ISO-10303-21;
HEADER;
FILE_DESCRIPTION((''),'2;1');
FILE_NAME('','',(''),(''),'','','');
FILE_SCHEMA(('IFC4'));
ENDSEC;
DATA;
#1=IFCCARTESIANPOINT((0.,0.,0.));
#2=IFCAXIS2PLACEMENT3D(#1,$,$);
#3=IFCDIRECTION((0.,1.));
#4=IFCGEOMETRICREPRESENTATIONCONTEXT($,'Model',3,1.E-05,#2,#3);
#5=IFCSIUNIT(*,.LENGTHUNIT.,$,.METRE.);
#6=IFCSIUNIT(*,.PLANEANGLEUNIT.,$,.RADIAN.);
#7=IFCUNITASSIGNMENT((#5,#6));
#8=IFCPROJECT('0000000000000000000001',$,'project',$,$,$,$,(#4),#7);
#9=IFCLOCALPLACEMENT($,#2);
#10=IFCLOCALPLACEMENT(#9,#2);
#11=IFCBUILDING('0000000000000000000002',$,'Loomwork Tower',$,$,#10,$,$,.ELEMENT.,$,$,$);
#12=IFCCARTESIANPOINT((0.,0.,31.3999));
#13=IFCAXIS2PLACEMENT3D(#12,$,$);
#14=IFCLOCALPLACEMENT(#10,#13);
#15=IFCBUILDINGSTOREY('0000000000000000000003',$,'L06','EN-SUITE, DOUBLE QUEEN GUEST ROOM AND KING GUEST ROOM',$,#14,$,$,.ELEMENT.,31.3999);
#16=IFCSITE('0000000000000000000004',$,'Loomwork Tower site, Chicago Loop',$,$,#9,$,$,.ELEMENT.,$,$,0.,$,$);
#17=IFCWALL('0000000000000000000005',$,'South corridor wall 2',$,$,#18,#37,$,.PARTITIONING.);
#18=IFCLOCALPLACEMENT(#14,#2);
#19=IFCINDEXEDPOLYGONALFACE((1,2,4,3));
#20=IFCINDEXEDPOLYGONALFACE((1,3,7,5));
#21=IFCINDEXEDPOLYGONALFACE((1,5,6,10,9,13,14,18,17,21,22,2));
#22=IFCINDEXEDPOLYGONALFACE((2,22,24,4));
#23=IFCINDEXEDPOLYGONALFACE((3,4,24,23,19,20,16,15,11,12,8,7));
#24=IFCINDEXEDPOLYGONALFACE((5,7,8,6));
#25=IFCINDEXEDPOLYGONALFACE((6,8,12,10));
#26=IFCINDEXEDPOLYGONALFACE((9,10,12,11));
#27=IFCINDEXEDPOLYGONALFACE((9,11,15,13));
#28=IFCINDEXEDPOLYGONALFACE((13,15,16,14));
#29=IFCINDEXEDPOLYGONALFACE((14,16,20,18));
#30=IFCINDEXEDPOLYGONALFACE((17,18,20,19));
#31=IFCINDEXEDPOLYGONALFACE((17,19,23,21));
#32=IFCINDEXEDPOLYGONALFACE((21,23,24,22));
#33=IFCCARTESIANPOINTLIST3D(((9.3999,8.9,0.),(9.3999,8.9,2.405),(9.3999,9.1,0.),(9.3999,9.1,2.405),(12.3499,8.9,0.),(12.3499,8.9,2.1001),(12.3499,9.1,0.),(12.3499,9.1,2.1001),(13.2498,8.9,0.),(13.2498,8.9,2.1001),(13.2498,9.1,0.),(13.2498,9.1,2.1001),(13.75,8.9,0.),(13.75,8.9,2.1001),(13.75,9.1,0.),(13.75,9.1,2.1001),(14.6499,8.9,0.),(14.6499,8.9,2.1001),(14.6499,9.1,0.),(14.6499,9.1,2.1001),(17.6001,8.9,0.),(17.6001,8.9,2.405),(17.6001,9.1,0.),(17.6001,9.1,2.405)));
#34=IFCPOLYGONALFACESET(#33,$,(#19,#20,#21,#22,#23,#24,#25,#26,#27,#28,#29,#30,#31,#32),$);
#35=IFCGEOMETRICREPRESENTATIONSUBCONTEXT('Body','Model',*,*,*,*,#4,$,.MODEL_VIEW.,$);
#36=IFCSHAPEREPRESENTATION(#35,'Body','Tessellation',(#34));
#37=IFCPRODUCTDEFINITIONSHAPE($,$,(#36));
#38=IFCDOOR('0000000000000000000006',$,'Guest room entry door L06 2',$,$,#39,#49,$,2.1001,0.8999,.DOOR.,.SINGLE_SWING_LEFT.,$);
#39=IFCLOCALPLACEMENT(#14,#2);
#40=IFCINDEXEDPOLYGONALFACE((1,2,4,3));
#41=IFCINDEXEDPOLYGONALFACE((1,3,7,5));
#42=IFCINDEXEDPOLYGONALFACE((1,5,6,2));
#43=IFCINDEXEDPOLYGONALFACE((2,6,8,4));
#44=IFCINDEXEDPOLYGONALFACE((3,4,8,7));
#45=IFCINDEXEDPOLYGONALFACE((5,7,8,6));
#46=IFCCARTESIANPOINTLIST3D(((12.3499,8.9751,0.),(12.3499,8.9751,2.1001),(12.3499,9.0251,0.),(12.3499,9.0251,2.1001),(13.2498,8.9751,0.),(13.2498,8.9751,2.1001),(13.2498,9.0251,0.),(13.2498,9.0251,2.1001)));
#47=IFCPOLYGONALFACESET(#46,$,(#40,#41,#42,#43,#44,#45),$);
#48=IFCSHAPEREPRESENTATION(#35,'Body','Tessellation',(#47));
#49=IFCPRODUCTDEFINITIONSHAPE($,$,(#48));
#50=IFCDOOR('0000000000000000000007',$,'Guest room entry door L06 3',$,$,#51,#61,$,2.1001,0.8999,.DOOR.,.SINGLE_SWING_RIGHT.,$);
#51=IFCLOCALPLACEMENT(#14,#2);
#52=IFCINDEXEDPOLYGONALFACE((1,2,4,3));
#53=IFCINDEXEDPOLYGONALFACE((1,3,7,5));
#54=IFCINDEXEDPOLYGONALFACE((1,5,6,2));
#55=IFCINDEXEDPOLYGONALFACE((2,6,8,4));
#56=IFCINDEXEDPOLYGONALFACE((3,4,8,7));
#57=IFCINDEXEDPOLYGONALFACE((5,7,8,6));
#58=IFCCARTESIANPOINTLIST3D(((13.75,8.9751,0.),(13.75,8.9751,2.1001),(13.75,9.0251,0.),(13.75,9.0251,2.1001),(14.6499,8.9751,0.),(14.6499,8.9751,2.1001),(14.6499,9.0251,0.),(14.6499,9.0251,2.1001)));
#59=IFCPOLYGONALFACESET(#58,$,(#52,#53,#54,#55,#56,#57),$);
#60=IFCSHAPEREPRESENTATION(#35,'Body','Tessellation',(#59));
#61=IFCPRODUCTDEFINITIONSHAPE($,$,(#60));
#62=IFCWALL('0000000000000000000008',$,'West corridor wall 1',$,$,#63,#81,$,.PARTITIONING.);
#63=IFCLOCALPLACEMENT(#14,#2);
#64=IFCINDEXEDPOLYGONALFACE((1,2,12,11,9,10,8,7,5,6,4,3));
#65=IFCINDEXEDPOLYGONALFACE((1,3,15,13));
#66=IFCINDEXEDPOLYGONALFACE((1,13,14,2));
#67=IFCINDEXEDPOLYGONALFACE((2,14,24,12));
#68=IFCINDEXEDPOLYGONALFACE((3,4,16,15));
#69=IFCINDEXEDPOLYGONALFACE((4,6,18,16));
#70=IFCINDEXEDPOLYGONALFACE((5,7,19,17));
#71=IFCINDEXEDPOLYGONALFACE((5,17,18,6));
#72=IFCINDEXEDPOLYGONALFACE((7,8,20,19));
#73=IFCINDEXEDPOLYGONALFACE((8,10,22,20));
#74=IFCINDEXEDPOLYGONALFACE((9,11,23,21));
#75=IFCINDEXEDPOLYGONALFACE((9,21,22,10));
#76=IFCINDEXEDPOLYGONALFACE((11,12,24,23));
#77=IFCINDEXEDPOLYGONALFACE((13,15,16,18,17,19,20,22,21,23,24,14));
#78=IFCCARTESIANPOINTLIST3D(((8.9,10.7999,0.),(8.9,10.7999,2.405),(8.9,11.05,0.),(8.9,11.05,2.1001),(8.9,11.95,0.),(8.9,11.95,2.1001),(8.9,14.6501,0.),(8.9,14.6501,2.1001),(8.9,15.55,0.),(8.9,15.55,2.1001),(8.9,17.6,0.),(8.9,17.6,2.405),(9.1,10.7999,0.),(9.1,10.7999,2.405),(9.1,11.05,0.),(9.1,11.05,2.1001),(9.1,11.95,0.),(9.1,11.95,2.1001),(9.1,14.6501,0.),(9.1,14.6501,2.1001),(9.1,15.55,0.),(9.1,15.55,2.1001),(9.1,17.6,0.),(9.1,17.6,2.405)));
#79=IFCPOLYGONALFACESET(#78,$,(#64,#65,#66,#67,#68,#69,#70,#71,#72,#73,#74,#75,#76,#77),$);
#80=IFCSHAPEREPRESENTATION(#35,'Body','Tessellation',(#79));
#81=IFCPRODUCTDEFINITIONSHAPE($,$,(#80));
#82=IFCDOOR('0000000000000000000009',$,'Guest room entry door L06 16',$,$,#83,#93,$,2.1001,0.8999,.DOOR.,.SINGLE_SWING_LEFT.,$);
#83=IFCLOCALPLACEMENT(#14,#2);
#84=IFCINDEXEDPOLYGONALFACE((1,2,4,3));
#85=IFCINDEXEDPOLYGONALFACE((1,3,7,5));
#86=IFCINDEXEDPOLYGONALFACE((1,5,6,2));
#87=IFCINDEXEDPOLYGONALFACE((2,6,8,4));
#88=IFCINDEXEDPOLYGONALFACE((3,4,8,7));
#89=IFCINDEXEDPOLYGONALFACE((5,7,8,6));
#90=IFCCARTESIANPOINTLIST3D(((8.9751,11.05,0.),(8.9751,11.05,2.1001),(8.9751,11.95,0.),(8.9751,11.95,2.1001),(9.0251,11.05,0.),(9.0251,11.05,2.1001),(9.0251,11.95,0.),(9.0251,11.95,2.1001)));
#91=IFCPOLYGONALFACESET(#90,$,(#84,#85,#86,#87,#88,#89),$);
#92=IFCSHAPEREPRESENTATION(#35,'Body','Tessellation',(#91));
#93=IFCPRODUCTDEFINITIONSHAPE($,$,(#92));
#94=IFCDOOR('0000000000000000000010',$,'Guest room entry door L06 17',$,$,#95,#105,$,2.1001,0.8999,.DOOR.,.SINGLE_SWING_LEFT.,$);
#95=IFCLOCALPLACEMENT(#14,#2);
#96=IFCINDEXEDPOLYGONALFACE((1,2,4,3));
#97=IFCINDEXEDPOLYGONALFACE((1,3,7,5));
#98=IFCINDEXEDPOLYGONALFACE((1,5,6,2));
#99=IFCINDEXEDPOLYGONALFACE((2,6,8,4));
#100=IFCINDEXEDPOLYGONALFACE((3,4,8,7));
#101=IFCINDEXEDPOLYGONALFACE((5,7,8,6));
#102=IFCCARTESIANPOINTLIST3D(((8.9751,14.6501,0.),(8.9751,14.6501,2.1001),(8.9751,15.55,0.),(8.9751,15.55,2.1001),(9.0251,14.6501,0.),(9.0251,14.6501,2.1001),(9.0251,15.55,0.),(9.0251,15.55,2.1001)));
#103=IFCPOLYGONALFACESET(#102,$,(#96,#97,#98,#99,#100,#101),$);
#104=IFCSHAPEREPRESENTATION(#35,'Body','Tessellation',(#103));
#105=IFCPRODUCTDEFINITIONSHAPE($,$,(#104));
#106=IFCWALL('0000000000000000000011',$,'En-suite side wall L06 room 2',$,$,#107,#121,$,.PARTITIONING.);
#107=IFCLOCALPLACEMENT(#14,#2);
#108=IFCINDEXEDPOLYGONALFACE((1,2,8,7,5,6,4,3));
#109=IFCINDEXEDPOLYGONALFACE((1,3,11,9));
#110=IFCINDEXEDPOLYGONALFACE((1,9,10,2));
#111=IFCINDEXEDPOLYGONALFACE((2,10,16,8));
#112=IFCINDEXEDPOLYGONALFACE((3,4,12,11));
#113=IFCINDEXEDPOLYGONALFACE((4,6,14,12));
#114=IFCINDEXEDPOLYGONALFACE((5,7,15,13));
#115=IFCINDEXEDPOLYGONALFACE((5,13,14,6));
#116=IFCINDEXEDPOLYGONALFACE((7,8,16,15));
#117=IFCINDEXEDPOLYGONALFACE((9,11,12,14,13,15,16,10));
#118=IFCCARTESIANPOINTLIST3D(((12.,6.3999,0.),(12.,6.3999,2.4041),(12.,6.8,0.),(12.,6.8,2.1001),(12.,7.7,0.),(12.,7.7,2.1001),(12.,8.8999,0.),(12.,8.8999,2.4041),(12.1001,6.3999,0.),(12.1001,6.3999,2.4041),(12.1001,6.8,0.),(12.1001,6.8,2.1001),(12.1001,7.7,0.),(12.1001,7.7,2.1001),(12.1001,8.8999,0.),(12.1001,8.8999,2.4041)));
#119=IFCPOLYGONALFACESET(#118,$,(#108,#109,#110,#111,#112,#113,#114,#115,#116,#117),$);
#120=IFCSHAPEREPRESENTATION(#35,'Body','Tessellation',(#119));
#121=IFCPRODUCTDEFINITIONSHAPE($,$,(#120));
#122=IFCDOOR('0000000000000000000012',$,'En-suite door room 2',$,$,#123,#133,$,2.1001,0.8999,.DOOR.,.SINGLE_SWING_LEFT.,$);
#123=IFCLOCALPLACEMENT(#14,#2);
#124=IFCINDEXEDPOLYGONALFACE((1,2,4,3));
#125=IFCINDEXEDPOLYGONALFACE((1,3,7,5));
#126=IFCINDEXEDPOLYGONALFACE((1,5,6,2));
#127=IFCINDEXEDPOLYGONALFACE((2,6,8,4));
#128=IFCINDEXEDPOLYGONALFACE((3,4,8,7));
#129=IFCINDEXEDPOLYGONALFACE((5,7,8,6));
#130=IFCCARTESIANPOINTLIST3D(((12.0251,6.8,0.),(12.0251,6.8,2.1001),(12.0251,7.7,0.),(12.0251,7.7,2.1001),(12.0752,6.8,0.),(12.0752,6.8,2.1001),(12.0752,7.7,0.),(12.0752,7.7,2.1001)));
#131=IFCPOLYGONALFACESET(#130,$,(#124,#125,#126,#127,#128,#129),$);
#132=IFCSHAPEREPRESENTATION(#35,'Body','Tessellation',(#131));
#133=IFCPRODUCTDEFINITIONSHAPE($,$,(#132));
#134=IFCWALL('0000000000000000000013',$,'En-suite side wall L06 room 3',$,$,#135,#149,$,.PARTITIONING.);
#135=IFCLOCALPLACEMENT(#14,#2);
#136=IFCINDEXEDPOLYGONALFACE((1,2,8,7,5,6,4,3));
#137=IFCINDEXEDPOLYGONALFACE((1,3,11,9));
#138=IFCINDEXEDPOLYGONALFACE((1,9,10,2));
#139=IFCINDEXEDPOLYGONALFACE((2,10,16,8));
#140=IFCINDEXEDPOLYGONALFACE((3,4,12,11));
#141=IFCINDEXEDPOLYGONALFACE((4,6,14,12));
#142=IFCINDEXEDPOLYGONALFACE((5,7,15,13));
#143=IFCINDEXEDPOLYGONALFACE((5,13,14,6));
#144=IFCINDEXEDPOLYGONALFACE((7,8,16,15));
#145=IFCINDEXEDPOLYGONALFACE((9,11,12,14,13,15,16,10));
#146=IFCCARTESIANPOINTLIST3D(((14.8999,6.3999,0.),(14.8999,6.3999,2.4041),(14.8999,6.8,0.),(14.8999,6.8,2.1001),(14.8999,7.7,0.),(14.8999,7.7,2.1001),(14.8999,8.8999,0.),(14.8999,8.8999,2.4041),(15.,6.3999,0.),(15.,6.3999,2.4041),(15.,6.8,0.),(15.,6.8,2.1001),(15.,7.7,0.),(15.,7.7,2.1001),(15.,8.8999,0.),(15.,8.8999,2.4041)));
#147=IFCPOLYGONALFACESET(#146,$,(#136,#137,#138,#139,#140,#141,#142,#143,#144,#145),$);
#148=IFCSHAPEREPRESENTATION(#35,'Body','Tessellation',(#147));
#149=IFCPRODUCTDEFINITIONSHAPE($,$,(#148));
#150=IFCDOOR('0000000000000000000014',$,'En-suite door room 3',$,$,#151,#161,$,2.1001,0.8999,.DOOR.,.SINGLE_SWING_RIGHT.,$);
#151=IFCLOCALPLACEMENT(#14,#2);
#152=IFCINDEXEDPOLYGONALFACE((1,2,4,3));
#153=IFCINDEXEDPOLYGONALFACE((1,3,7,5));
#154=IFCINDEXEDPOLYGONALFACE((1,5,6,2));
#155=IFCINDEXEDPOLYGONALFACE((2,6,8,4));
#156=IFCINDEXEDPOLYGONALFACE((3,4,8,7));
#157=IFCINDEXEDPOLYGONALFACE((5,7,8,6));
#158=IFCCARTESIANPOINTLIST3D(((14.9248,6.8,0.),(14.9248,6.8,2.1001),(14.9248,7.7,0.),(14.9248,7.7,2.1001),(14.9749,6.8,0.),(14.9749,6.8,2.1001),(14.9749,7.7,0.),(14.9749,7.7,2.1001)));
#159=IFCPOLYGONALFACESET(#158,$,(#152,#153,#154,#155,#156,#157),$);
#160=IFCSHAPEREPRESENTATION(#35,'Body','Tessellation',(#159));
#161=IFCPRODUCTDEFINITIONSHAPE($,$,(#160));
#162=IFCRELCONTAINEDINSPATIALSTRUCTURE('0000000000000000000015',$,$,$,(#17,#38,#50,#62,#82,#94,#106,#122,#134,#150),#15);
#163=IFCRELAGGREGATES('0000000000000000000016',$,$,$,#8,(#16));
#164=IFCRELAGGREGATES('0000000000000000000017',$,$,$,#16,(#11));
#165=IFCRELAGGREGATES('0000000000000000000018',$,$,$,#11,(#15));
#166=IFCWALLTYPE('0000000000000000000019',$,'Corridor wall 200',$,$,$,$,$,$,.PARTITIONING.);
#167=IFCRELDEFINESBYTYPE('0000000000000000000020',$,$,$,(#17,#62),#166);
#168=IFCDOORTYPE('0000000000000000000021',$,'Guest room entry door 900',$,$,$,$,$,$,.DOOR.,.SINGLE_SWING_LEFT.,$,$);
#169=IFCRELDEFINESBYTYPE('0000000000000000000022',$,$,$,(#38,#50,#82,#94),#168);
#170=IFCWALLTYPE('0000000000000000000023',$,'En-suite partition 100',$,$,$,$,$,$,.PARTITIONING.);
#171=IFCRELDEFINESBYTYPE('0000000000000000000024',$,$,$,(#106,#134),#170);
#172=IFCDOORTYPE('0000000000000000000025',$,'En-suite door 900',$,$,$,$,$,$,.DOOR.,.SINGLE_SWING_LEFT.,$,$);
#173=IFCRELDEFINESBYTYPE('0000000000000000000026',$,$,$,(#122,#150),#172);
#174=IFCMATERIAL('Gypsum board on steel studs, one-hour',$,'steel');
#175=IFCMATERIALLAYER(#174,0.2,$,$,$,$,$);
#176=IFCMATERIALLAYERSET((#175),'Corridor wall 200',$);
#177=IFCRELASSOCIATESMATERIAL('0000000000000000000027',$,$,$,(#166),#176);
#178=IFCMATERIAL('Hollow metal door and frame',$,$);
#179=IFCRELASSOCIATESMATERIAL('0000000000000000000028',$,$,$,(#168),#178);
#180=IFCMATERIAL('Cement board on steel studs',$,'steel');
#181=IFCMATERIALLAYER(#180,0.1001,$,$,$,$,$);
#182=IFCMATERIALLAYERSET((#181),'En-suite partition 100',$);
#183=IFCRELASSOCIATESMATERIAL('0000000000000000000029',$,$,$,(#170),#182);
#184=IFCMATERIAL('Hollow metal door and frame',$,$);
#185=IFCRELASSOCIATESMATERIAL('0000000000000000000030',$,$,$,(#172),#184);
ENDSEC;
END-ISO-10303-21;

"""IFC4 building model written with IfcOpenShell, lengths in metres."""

from ifc_helpers import new_model, si_unit, direction, frame, frame_2d, origin, place, context, subcontext, project, spatial, rectangle, extrude, material, layer, layer_set, type_object, element, fill, save


model = new_model("IFC4")

# Units and contexts
model_context = context("Model", 3, precision=1e-05, world=origin(), true_north=direction((0.0, 1.0)))
body_context = subcontext(model_context, "Body", "Model", "MODEL_VIEW")
ifc_project = project(units=[si_unit("LENGTHUNIT", "METRE"), si_unit("PLANEANGLEUNIT", "RADIAN")], contexts=[model_context])

# Site, building, storey
site_placement = place(None, origin())
site = spatial("IfcSite", under=ifc_project, at=site_placement, Name="Loomwork Tower site, Chicago Loop", CompositionType="ELEMENT", RefElevation=0.0)
building_placement = place(site_placement, origin())
building = spatial("IfcBuilding", under=site, at=building_placement, Name="Loomwork Tower", CompositionType="ELEMENT")
storey_placement = place(building_placement, frame((0.0, 0.0, 31.3999)))
storey = spatial("IfcBuildingStorey", under=building, at=storey_placement, Name="L06", Description="EN-SUITE, DOUBLE QUEEN GUEST ROOM AND KING GUEST ROOM", CompositionType="ELEMENT", Elevation=31.3999)

# Walls, openings, doors
ifc_material_1 = material(Name="Gypsum board on steel studs, one-hour", Category="steel")
ifc_layer_1 = layer(ifc_material_1, 0.2)
ifc_layer_set_1 = layer_set([ifc_layer_1], Name="Corridor wall 200")
wall_type_1 = type_object("IfcWallType", Name="Corridor wall 200", PredefinedType="PARTITIONING", material=ifc_layer_set_1)
wall_1_placement = place(storey_placement, frame((9.3999, 9.0, 0.0), z_axis=(0.0, 0.0, 1.0), x_axis=(1.0, 0.0, 0.0)))
wall_1 = element("IfcWall", 1, at=wall_1_placement, inside=storey, type_object=wall_type_1, Name="South corridor wall 2", PredefinedType="PARTITIONING", context=body_context, shape_type="SweptSolid", body=[
    extrude(rectangle(XDim=8.2002, YDim=0.2, at=frame_2d((4.1001, 0.0))), origin(), (0.0, 0.0, 1.0), 2.405),
])
opening_1_placement = place(wall_1_placement, frame((2.95, 0.0, 0.0)))
opening_1 = element("IfcOpeningElement", 2, at=opening_1_placement, cuts=wall_1, PredefinedType="OPENING", context=body_context, shape_type="SweptSolid", body=[
    extrude(rectangle(XDim=0.8999, YDim=2.1001, at=frame_2d((0.45, 1.05))), frame((0.0, 0.1099, 0.0), z_axis=(0.0, -1.0, 0.0), x_axis=(1.0, 0.0, 0.0)), (0.0, 0.0, 1.0), 0.22),
])
opening_2_placement = place(wall_1_placement, frame((4.3501, 0.0, 0.0)))
opening_2 = element("IfcOpeningElement", 3, at=opening_2_placement, cuts=wall_1, PredefinedType="OPENING", context=body_context, shape_type="SweptSolid", body=[
    extrude(rectangle(XDim=0.8999, YDim=2.1001, at=frame_2d((0.45, 1.05))), frame((0.0, 0.1099, 0.0), z_axis=(0.0, -1.0, 0.0), x_axis=(1.0, 0.0, 0.0)), (0.0, 0.0, 1.0), 0.22),
])
ifc_material_2 = material(Name="Hollow metal door and frame")
door_type_1 = type_object("IfcDoorType", Name="Guest room entry door 900", OperationType="SINGLE_SWING_LEFT", PredefinedType="DOOR", material=ifc_material_2)
door_1_placement = place(opening_1_placement, frame((0.8999, 0.0, 0.0), z_axis=(0.0, 0.0, 1.0), x_axis=(-1.0, 0.0, 0.0)))
door_1 = element("IfcDoor", 4, at=door_1_placement, inside=storey, type_object=door_type_1, Name="Guest room entry door L06 2", OperationType="SINGLE_SWING_LEFT", OverallHeight=2.1001, OverallWidth=0.8999, PredefinedType="DOOR", context=body_context, shape_type="SweptSolid", body=[
    extrude(rectangle(XDim=0.8999, YDim=2.1001, at=frame_2d((0.45, 1.05))), frame((0.0, 0.0249, 0.0), z_axis=(0.0, -1.0, 0.0), x_axis=(1.0, 0.0, 0.0)), (0.0, 0.0, 1.0), 0.05),
])
fill(opening_1, door_1)
door_2_placement = place(opening_2_placement, frame((0.8999, 0.0, 0.0), z_axis=(0.0, 0.0, 1.0), x_axis=(-1.0, 0.0, 0.0)))
door_2 = element("IfcDoor", 5, at=door_2_placement, inside=storey, type_object=door_type_1, Name="Guest room entry door L06 3", OperationType="SINGLE_SWING_RIGHT", OverallHeight=2.1001, OverallWidth=0.8999, PredefinedType="DOOR", context=body_context, shape_type="SweptSolid", body=[
    extrude(rectangle(XDim=0.8999, YDim=2.1001, at=frame_2d((0.45, 1.05))), frame((0.0, 0.0249, 0.0), z_axis=(0.0, -1.0, 0.0), x_axis=(1.0, 0.0, 0.0)), (0.0, 0.0, 1.0), 0.05),
])
fill(opening_2, door_2)
wall_2_placement = place(storey_placement, frame((9.0, 10.8, 0.0), z_axis=(0.0, 0.0, 1.0), x_axis=(0.0, 1.0, 0.0)))
wall_2 = element("IfcWall", 6, at=wall_2_placement, inside=storey, type_object=wall_type_1, Name="West corridor wall 1", PredefinedType="PARTITIONING", context=body_context, shape_type="SweptSolid", body=[
    extrude(rectangle(XDim=6.8, YDim=0.2, at=frame_2d((3.3999, 0.0))), origin(), (0.0, 0.0, 1.0), 2.405),
])
opening_3_placement = place(wall_2_placement, frame((0.25, 0.0, 0.0)))
opening_3 = element("IfcOpeningElement", 7, at=opening_3_placement, cuts=wall_2, PredefinedType="OPENING", context=body_context, shape_type="SweptSolid", body=[
    extrude(rectangle(XDim=0.8999, YDim=2.1001, at=frame_2d((0.45, 1.05))), frame((0.0, 0.1099, 0.0), z_axis=(0.0, -1.0, 0.0), x_axis=(1.0, 0.0, 0.0)), (0.0, 0.0, 1.0), 0.22),
])
opening_4_placement = place(wall_2_placement, frame((3.8501, 0.0, 0.0)))
opening_4 = element("IfcOpeningElement", 8, at=opening_4_placement, cuts=wall_2, PredefinedType="OPENING", context=body_context, shape_type="SweptSolid", body=[
    extrude(rectangle(XDim=0.8999, YDim=2.1001, at=frame_2d((0.45, 1.05))), frame((0.0, 0.1099, 0.0), z_axis=(0.0, -1.0, 0.0), x_axis=(1.0, 0.0, 0.0)), (0.0, 0.0, 1.0), 0.22),
])
door_3_placement = place(opening_3_placement, origin())
door_3 = element("IfcDoor", 9, at=door_3_placement, inside=storey, type_object=door_type_1, Name="Guest room entry door L06 16", OperationType="SINGLE_SWING_LEFT", OverallHeight=2.1001, OverallWidth=0.8999, PredefinedType="DOOR", context=body_context, shape_type="SweptSolid", body=[
    extrude(rectangle(XDim=0.8999, YDim=2.1001, at=frame_2d((0.45, 1.05))), frame((0.0, 0.0249, 0.0), z_axis=(0.0, -1.0, 0.0), x_axis=(1.0, 0.0, 0.0)), (0.0, 0.0, 1.0), 0.05),
])
fill(opening_3, door_3)
door_4_placement = place(opening_4_placement, origin())
door_4 = element("IfcDoor", 10, at=door_4_placement, inside=storey, type_object=door_type_1, Name="Guest room entry door L06 17", OperationType="SINGLE_SWING_LEFT", OverallHeight=2.1001, OverallWidth=0.8999, PredefinedType="DOOR", context=body_context, shape_type="SweptSolid", body=[
    extrude(rectangle(XDim=0.8999, YDim=2.1001, at=frame_2d((0.45, 1.05))), frame((0.0, 0.0249, 0.0), z_axis=(0.0, -1.0, 0.0), x_axis=(1.0, 0.0, 0.0)), (0.0, 0.0, 1.0), 0.05),
])
fill(opening_4, door_4)

# Walls, openings, doors
ifc_material_3 = material(Name="Cement board on steel studs", Category="steel")
ifc_layer_2 = layer(ifc_material_3, 0.1001)
ifc_layer_set_2 = layer_set([ifc_layer_2], Name="En-suite partition 100")
wall_type_2 = type_object("IfcWallType", Name="En-suite partition 100", PredefinedType="PARTITIONING", material=ifc_layer_set_2)
wall_3_placement = place(storey_placement, frame((12.05, 8.8999, 0.0), z_axis=(0.0, 0.0, 1.0), x_axis=(0.0, -1.0, 0.0)))
wall_3 = element("IfcWall", 11, at=wall_3_placement, inside=storey, type_object=wall_type_2, Name="En-suite side wall L06 room 2", PredefinedType="PARTITIONING", context=body_context, shape_type="SweptSolid", body=[
    extrude(rectangle(XDim=2.5, YDim=0.1001, at=frame_2d((1.25, 0.0))), origin(), (0.0, 0.0, 1.0), 2.4041),
])
opening_5_placement = place(wall_3_placement, frame((1.2, 0.0, 0.0)))
opening_5 = element("IfcOpeningElement", 12, at=opening_5_placement, cuts=wall_3, PredefinedType="OPENING", context=body_context, shape_type="SweptSolid", body=[
    extrude(rectangle(XDim=0.8999, YDim=2.1001, at=frame_2d((0.45, 1.05))), frame((0.0, 0.0601, 0.0), z_axis=(0.0, -1.0, 0.0), x_axis=(1.0, 0.0, 0.0)), (0.0, 0.0, 1.0), 0.1201),
])
ifc_material_4 = material(Name="Hollow metal door and frame")
door_type_2 = type_object("IfcDoorType", Name="En-suite door 900", OperationType="SINGLE_SWING_LEFT", PredefinedType="DOOR", material=ifc_material_4)
door_5_placement = place(opening_5_placement, frame((0.8999, 0.0, 0.0), z_axis=(0.0, 0.0, 1.0), x_axis=(-1.0, 0.0, 0.0)))
door_5 = element("IfcDoor", 13, at=door_5_placement, inside=storey, type_object=door_type_2, Name="En-suite door room 2", OperationType="SINGLE_SWING_LEFT", OverallHeight=2.1001, OverallWidth=0.8999, PredefinedType="DOOR", context=body_context, shape_type="SweptSolid", body=[
    extrude(rectangle(XDim=0.8999, YDim=2.1001, at=frame_2d((0.45, 1.05))), frame((0.0, 0.0249, 0.0), z_axis=(0.0, -1.0, 0.0), x_axis=(1.0, 0.0, 0.0)), (0.0, 0.0, 1.0), 0.05),
])
fill(opening_5, door_5)
wall_4_placement = place(storey_placement, frame((14.95, 8.8999, 0.0), z_axis=(0.0, 0.0, 1.0), x_axis=(0.0, -1.0, 0.0)))
wall_4 = element("IfcWall", 14, at=wall_4_placement, inside=storey, type_object=wall_type_2, Name="En-suite side wall L06 room 3", PredefinedType="PARTITIONING", context=body_context, shape_type="SweptSolid", body=[
    extrude(rectangle(XDim=2.5, YDim=0.1001, at=frame_2d((1.25, 0.0))), origin(), (0.0, 0.0, 1.0), 2.4041),
])
opening_6_placement = place(wall_4_placement, frame((1.2, 0.0, 0.0)))
opening_6 = element("IfcOpeningElement", 15, at=opening_6_placement, cuts=wall_4, PredefinedType="OPENING", context=body_context, shape_type="SweptSolid", body=[
    extrude(rectangle(XDim=0.8999, YDim=2.1001, at=frame_2d((0.45, 1.05))), frame((0.0, 0.0601, 0.0), z_axis=(0.0, -1.0, 0.0), x_axis=(1.0, 0.0, 0.0)), (0.0, 0.0, 1.0), 0.1201),
])
door_6_placement = place(opening_6_placement, origin())
door_6 = element("IfcDoor", 16, at=door_6_placement, inside=storey, type_object=door_type_2, Name="En-suite door room 3", OperationType="SINGLE_SWING_RIGHT", OverallHeight=2.1001, OverallWidth=0.8999, PredefinedType="DOOR", context=body_context, shape_type="SweptSolid", body=[
    extrude(rectangle(XDim=0.8999, YDim=2.1001, at=frame_2d((0.45, 1.05))), frame((0.0, 0.0249, 0.0), z_axis=(0.0, -1.0, 0.0), x_axis=(1.0, 0.0, 0.0)), (0.0, 0.0, 1.0), 0.05),
])
fill(opening_6, door_6)

save(model, "model.ifc")
